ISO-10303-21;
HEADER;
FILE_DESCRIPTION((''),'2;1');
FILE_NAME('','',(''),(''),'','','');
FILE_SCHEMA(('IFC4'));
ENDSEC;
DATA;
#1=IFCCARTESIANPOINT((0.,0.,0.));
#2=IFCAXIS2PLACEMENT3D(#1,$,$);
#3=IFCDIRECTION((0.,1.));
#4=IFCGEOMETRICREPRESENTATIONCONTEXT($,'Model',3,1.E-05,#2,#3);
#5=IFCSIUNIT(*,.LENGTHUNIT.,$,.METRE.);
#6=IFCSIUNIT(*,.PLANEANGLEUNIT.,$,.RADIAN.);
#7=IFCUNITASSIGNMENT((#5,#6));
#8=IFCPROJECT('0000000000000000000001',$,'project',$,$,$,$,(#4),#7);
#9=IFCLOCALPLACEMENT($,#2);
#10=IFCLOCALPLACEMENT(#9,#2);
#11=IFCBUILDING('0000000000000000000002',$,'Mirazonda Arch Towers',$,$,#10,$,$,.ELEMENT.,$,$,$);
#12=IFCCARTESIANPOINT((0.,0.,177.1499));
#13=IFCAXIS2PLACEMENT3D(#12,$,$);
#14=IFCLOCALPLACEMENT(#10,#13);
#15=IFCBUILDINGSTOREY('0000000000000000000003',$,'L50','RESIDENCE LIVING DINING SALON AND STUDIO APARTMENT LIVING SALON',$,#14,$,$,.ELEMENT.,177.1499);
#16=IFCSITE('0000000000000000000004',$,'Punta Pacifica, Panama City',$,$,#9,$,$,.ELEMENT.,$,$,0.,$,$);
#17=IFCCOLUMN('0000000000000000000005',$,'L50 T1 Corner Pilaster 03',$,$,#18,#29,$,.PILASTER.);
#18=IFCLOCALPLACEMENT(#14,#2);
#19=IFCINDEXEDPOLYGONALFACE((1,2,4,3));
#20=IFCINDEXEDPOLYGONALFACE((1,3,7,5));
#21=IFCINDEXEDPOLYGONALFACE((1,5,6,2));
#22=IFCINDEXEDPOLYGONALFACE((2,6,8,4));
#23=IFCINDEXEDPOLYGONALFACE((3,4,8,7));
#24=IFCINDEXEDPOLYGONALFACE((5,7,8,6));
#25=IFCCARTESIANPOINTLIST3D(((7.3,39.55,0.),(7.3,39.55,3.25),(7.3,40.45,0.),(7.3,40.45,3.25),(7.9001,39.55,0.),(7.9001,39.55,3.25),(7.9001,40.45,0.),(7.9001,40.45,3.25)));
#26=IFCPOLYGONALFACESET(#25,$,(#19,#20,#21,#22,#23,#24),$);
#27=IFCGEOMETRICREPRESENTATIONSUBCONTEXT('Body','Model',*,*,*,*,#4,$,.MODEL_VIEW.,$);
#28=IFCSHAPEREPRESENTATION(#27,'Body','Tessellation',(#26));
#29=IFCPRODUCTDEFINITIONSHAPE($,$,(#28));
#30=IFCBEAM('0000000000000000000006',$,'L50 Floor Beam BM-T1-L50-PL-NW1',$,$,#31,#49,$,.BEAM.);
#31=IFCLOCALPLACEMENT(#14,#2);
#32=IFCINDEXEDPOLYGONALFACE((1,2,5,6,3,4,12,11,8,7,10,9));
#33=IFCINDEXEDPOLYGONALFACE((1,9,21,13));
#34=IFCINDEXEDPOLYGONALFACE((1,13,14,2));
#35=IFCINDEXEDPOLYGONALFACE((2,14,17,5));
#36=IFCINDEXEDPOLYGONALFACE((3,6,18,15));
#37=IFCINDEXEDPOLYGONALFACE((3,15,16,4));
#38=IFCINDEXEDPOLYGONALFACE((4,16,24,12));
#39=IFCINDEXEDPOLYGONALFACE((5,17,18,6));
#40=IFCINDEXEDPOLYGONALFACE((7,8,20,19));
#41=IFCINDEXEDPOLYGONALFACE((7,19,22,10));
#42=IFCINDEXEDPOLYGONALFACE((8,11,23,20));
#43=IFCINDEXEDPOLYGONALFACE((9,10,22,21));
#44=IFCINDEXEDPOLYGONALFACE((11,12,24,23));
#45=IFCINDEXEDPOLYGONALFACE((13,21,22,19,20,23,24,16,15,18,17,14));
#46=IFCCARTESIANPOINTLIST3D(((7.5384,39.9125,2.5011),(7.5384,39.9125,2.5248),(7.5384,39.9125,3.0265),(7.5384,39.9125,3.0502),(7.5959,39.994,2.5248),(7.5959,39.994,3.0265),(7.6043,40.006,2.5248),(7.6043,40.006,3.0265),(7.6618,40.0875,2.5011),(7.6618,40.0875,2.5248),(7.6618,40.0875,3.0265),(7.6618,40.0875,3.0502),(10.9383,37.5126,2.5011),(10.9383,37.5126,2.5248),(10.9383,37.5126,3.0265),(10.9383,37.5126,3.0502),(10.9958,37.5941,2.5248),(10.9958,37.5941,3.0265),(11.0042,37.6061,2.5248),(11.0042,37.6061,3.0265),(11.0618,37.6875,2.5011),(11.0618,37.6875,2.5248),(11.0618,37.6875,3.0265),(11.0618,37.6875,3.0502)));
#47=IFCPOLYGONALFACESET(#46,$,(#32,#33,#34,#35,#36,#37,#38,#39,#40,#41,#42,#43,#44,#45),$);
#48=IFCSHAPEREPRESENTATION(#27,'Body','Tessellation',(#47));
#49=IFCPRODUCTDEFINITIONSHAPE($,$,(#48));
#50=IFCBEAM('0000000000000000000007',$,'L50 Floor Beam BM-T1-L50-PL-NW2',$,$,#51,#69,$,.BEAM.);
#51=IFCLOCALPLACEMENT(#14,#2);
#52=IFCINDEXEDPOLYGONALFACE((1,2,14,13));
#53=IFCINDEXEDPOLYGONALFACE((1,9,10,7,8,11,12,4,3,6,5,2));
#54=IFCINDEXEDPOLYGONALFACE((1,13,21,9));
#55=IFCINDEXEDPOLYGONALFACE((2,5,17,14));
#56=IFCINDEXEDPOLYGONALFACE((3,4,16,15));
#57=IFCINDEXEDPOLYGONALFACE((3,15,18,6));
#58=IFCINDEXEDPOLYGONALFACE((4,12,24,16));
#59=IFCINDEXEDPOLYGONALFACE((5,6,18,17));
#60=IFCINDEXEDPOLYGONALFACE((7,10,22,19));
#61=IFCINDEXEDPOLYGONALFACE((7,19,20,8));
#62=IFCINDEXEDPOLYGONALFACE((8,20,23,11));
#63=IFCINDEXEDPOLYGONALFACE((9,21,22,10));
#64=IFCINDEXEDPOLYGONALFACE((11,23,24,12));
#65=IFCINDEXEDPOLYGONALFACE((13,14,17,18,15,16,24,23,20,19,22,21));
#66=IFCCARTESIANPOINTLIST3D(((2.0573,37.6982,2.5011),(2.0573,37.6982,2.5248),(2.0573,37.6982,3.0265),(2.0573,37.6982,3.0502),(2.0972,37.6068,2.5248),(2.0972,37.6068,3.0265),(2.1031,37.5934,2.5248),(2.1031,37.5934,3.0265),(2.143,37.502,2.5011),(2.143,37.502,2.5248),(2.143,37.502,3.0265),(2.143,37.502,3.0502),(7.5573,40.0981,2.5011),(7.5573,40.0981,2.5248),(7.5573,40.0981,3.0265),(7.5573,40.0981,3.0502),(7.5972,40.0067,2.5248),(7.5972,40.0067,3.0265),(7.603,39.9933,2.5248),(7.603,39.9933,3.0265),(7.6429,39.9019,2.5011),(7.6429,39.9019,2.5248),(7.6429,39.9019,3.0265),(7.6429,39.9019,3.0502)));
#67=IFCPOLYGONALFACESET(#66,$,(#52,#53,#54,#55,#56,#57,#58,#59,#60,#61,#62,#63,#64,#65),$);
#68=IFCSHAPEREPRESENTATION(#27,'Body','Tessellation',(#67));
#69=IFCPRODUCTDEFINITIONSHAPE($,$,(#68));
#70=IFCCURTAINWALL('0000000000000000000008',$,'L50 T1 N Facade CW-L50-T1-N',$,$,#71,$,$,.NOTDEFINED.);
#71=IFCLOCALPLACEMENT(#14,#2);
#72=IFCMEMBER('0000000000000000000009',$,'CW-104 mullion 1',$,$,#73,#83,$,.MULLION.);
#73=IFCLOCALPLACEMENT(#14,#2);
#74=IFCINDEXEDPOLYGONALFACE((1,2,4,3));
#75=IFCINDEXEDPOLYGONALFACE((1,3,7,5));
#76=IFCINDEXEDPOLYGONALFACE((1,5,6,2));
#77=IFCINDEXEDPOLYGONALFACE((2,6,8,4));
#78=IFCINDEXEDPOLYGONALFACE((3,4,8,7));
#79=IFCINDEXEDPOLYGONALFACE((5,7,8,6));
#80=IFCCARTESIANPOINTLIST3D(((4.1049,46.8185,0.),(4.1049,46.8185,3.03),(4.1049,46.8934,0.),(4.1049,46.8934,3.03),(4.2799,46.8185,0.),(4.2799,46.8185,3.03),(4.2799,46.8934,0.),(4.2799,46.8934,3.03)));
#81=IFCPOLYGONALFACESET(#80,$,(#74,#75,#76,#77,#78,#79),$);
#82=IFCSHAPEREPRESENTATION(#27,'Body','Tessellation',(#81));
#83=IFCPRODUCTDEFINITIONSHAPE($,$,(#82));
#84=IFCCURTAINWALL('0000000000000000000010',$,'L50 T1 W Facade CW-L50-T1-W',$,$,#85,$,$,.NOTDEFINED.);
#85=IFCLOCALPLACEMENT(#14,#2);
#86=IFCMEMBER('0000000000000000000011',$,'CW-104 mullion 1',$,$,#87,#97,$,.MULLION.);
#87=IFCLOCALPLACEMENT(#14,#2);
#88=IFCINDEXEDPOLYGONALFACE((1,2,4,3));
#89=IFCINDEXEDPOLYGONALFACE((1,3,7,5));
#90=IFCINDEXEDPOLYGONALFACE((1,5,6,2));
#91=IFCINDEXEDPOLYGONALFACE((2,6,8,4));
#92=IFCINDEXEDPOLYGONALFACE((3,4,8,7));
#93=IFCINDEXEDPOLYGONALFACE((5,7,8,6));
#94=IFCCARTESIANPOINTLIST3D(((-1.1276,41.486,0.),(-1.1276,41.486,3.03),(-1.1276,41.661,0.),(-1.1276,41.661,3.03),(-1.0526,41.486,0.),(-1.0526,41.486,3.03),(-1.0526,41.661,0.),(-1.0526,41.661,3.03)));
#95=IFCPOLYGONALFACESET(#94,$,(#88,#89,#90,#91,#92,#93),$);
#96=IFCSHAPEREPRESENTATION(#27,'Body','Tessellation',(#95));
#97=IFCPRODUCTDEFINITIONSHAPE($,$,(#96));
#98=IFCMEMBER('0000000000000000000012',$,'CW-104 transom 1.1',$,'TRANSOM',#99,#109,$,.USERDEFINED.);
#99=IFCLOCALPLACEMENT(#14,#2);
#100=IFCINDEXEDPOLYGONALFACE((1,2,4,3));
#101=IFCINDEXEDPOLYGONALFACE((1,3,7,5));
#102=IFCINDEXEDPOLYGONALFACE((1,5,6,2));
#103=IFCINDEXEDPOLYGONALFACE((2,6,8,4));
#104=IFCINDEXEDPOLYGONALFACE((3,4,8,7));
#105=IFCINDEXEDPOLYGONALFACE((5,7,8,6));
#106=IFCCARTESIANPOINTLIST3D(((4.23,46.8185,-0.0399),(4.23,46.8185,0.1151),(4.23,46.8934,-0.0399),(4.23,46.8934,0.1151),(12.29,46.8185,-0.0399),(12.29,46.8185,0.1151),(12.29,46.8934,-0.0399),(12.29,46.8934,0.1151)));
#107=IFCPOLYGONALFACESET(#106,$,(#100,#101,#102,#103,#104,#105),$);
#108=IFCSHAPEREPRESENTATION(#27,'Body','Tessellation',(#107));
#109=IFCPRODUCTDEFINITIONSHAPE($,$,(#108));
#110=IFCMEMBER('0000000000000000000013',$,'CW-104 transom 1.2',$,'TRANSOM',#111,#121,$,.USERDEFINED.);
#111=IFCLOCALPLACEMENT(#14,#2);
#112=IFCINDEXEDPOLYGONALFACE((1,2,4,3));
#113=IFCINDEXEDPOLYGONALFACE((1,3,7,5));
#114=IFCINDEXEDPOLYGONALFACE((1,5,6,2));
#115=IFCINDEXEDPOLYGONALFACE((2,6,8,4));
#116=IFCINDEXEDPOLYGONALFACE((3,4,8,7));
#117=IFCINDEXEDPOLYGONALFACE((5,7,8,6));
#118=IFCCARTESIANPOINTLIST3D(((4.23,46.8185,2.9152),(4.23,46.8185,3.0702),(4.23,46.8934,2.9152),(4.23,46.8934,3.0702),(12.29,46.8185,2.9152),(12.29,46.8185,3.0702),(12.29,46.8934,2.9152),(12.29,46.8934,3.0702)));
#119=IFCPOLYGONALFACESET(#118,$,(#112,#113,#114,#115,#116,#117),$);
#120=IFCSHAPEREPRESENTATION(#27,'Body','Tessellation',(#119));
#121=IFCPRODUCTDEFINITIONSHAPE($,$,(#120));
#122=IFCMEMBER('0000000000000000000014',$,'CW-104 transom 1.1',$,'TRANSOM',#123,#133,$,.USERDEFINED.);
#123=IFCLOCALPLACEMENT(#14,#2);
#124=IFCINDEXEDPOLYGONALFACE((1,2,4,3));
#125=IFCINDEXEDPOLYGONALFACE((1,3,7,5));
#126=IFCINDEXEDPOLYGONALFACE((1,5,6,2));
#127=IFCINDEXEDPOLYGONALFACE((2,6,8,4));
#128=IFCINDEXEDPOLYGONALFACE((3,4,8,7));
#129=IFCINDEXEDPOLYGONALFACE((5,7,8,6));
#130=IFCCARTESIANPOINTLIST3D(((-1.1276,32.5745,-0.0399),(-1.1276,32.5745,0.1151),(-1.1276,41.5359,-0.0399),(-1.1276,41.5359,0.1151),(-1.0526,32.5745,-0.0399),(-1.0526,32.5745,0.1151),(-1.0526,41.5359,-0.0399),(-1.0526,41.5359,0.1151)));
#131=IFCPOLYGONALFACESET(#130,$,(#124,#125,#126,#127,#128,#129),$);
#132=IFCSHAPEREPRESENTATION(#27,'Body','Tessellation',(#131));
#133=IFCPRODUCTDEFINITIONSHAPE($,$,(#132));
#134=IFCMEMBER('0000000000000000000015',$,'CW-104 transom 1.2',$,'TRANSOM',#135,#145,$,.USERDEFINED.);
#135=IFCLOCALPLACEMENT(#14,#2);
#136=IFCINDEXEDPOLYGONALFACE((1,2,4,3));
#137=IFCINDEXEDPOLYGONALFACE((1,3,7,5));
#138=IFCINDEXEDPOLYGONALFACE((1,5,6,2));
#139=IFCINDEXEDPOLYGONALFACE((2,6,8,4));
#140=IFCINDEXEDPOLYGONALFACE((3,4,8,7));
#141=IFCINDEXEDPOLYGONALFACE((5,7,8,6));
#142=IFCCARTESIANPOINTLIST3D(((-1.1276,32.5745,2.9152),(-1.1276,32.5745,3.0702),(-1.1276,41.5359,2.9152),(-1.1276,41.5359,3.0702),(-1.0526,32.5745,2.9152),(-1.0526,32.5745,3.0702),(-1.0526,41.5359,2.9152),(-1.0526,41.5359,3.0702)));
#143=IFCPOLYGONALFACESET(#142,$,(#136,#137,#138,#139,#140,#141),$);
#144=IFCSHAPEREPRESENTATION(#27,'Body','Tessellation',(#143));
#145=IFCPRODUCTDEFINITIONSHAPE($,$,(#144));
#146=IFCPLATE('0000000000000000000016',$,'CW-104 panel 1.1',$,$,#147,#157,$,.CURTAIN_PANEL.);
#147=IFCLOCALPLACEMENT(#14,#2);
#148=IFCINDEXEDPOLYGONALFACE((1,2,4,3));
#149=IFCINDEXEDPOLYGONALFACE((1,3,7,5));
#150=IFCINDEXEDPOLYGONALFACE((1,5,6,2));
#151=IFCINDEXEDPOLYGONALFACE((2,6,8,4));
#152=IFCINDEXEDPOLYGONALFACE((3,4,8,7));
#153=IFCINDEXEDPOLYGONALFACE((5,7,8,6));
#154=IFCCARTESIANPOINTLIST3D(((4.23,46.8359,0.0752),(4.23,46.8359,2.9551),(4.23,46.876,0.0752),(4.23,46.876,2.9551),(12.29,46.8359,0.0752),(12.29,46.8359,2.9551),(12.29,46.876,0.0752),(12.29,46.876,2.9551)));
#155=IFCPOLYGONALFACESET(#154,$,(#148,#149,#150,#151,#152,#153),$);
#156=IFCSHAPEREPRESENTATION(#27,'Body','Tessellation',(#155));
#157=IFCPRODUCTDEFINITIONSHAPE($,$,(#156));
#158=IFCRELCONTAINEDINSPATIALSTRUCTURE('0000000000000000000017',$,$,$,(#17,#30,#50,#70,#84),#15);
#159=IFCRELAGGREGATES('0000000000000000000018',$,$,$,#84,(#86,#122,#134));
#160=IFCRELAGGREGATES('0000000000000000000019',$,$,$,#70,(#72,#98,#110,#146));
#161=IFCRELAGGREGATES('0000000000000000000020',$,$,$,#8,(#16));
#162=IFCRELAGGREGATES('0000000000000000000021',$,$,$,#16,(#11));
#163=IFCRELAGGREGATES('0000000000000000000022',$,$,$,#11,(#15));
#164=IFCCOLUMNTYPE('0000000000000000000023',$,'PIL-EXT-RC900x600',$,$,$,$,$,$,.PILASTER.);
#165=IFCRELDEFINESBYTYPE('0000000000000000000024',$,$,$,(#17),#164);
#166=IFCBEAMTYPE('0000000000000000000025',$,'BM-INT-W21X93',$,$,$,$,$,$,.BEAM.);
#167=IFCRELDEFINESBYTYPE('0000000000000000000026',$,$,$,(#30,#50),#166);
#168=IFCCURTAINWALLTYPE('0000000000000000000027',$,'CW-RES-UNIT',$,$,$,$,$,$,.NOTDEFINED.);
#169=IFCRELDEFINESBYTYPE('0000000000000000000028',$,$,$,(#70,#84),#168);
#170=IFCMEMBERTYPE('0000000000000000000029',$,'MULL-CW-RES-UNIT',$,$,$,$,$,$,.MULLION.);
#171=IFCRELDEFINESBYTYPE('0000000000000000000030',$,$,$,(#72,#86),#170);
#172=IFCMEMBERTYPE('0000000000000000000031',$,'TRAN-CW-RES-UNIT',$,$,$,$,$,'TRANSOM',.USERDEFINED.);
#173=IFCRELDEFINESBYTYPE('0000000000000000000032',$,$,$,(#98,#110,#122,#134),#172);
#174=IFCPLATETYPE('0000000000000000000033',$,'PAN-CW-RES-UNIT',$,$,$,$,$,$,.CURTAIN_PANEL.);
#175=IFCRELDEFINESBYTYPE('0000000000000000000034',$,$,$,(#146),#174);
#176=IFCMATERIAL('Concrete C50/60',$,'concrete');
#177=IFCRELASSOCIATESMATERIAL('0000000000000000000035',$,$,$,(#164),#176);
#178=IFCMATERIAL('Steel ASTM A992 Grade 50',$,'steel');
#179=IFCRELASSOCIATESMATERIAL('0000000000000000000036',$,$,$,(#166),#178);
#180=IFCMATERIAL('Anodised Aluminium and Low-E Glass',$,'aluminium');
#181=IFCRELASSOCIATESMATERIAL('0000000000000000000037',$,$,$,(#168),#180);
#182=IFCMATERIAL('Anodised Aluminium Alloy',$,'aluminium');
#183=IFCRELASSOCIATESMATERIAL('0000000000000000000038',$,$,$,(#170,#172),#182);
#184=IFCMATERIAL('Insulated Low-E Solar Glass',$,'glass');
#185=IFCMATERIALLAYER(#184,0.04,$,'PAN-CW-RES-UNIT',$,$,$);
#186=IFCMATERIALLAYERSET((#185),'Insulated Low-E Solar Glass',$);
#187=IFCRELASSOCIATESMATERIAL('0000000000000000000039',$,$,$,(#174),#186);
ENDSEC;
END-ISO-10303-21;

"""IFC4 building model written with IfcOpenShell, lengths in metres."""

from ifc_helpers import new_model, si_unit, direction, frame, origin, origin_2d, place, context, subcontext, project, spatial, rectangle, i_section, extrude, material, layer, layer_set, material_profile, profile_set, type_object, element, aggregate, save


model = new_model("IFC4")

# Units and contexts
model_context = context("Model", 3, precision=1e-05, world=origin(), true_north=direction((0.0, 1.0)))
body_context = subcontext(model_context, "Body", "Model", "MODEL_VIEW")
ifc_project = project(units=[si_unit("LENGTHUNIT", "METRE"), si_unit("PLANEANGLEUNIT", "RADIAN")], contexts=[model_context])

# Site, building, storey
site_placement = place(None, origin())
site = spatial("IfcSite", under=ifc_project, at=site_placement, Name="Punta Pacifica, Panama City", CompositionType="ELEMENT", RefElevation=0.0)
building_placement = place(site_placement, origin())
building = spatial("IfcBuilding", under=site, at=building_placement, Name="Mirazonda Arch Towers", CompositionType="ELEMENT")
storey_placement = place(building_placement, frame((0.0, 0.0, 177.1499)))
storey = spatial("IfcBuildingStorey", under=building, at=storey_placement, Name="L50", Description="RESIDENCE LIVING DINING SALON AND STUDIO APARTMENT LIVING SALON", CompositionType="ELEMENT", Elevation=177.1499)

# Column
ifc_material_1 = material(Name="Concrete C50/60", Category="concrete")
ifc_material_profile_1 = material_profile(ifc_material_1, rectangle(XDim=0.6001, YDim=0.8999, at=origin_2d()), Name="RC900x600")
ifc_profile_set_1 = profile_set([ifc_material_profile_1], Name="Concrete C50/60")
column_type = type_object("IfcColumnType", Name="PIL-EXT-RC900x600", PredefinedType="PILASTER", material=ifc_profile_set_1)
column_placement = place(storey_placement, frame((7.6001, 40.0, 0.0), z_axis=(0.0, 0.0, 1.0), x_axis=(1.0, 0.0, 0.0)))
element("IfcColumn", 1, at=column_placement, inside=storey, type_object=column_type, Name="L50 T1 Corner Pilaster 03", PredefinedType="PILASTER", context=body_context, shape_type="SweptSolid", body=[
    extrude(rectangle(XDim=0.6001, YDim=0.8999, at=origin_2d()), origin(), (0.0, 0.0, 1.0), 3.25),
])

# Beams
ifc_material_2 = material(Name="Steel ASTM A992 Grade 50", Category="steel")
ifc_material_profile_2 = material_profile(ifc_material_2, i_section(OverallWidth=0.2141, OverallDepth=0.5491, WebThickness=0.0146, FlangeThickness=0.0237, at=origin_2d()), Name="W21X93")
ifc_profile_set_2 = profile_set([ifc_material_profile_2], Name="Steel ASTM A992 Grade 50")
beam_type = type_object("IfcBeamType", Name="BM-INT-W21X93", PredefinedType="BEAM", material=ifc_profile_set_2)
beam_1_placement = place(storey_placement, frame((7.6001, 40.0, 2.7756), z_axis=(0.816971, -0.576679, 0.0), x_axis=(0.576679, 0.816971, 0.0)))
element("IfcBeam", 2, at=beam_1_placement, inside=storey, type_object=beam_type, Name="L50 Floor Beam BM-T1-L50-PL-NW1", PredefinedType="BEAM", context=body_context, shape_type="SweptSolid", body=[
    extrude(i_section(OverallWidth=0.2141, OverallDepth=0.5491, WebThickness=0.0146, FlangeThickness=0.0237, at=origin_2d()), origin(), (0.0, 0.0, 1.0), 4.1616),
])
beam_2_placement = place(storey_placement, frame((7.6001, 40.0, 2.7756), z_axis=(-0.916545, -0.399931, 0.0), x_axis=(0.399931, -0.916545, 0.0)))
element("IfcBeam", 3, at=beam_2_placement, inside=storey, type_object=beam_type, Name="L50 Floor Beam BM-T1-L50-PL-NW2", PredefinedType="BEAM", context=body_context, shape_type="SweptSolid", body=[
    extrude(i_section(OverallWidth=0.2141, OverallDepth=0.5491, WebThickness=0.0146, FlangeThickness=0.0237, at=origin_2d()), origin(), (0.0, 0.0, 1.0), 6.0007),
])

# Curtain walls, members
ifc_material_3 = material(Name="Anodised Aluminium and Low-E Glass", Category="aluminium")
curtain_wall_type = type_object("IfcCurtainWallType", Name="CW-RES-UNIT", PredefinedType="NOTDEFINED", material=ifc_material_3)
curtain_wall_1_placement = place(storey_placement, origin())
curtain_wall_1 = element("IfcCurtainWall", 4, at=curtain_wall_1_placement, inside=storey, type_object=curtain_wall_type, Name="L50 T1 N Facade CW-L50-T1-N", PredefinedType="NOTDEFINED")
ifc_material_4 = material(Name="Anodised Aluminium Alloy", Category="aluminium")
ifc_material_profile_3 = material_profile(ifc_material_4, rectangle(XDim=0.075, YDim=0.175, at=origin_2d()), Name="ALU-MULL-75x175")
ifc_profile_set_3 = profile_set([ifc_material_profile_3], Name="Anodised Aluminium Alloy")
member_type_1 = type_object("IfcMemberType", Name="MULL-CW-RES-UNIT", PredefinedType="MULLION", material=ifc_profile_set_3)
member_1_placement = place(storey_placement, frame((4.1924, 46.856, 0.0), z_axis=(0.0, 0.0, 1.0), x_axis=(0.0, 1.0, 0.0)))
member_1 = element("IfcMember", 5, at=member_1_placement, type_object=member_type_1, Name="CW-104 mullion 1", PredefinedType="MULLION", context=body_context, shape_type="SweptSolid", body=[
    extrude(rectangle(XDim=0.075, YDim=0.175, at=origin_2d()), origin(), (0.0, 0.0, 1.0), 3.03),
])
curtain_wall_2_placement = place(storey_placement, origin())
curtain_wall_2 = element("IfcCurtainWall", 6, at=curtain_wall_2_placement, inside=storey, type_object=curtain_wall_type, Name="L50 T1 W Facade CW-L50-T1-W", PredefinedType="NOTDEFINED")
member_2_placement = place(storey_placement, frame((-1.0901, 41.5735, 0.0), z_axis=(0.0, 0.0, 1.0), x_axis=(1.0, 0.0, 0.0)))
member_2 = element("IfcMember", 7, at=member_2_placement, type_object=member_type_1, Name="CW-104 mullion 1", PredefinedType="MULLION", context=body_context, shape_type="SweptSolid", body=[
    extrude(rectangle(XDim=0.075, YDim=0.175, at=origin_2d()), origin(), (0.0, 0.0, 1.0), 3.03),
])

# Members
ifc_material_profile_4 = material_profile(ifc_material_4, rectangle(XDim=0.075, YDim=0.155, at=origin_2d()), Name="ALU-TRAN-75x155")
ifc_profile_set_4 = profile_set([ifc_material_profile_4], Name="Anodised Aluminium Alloy")
member_type_2 = type_object("IfcMemberType", Name="TRAN-CW-RES-UNIT", ElementType="TRANSOM", PredefinedType="USERDEFINED", material=ifc_profile_set_4)
member_3_placement = place(storey_placement, frame((4.23, 46.856, 0.0376), z_axis=(1.0, 0.0, 0.0), x_axis=(0.0, 1.0, 0.0)))
member_3 = element("IfcMember", 8, at=member_3_placement, type_object=member_type_2, Name="CW-104 transom 1.1", ObjectType="TRANSOM", PredefinedType="USERDEFINED", context=body_context, shape_type="SweptSolid", body=[
    extrude(rectangle(XDim=0.075, YDim=0.155, at=origin_2d()), origin(), (0.0, 0.0, 1.0), 8.0601),
])
member_4_placement = place(storey_placement, frame((4.23, 46.856, 2.9927), z_axis=(1.0, 0.0, 0.0), x_axis=(0.0, 1.0, 0.0)))
member_4 = element("IfcMember", 9, at=member_4_placement, type_object=member_type_2, Name="CW-104 transom 1.2", ObjectType="TRANSOM", PredefinedType="USERDEFINED", context=body_context, shape_type="SweptSolid", body=[
    extrude(rectangle(XDim=0.075, YDim=0.155, at=origin_2d()), origin(), (0.0, 0.0, 1.0), 8.0601),
])
member_5_placement = place(storey_placement, frame((-1.0901, 41.5359, 0.0376), z_axis=(0.0, -1.0, 0.0), x_axis=(1.0, 0.0, 0.0)))
member_5 = element("IfcMember", 10, at=member_5_placement, type_object=member_type_2, Name="CW-104 transom 1.1", ObjectType="TRANSOM", PredefinedType="USERDEFINED", context=body_context, shape_type="SweptSolid", body=[
    extrude(rectangle(XDim=0.075, YDim=0.155, at=origin_2d()), origin(), (0.0, 0.0, 1.0), 8.9614),
])
member_6_placement = place(storey_placement, frame((-1.0901, 41.5359, 2.9927), z_axis=(0.0, -1.0, 0.0), x_axis=(1.0, 0.0, 0.0)))
member_6 = element("IfcMember", 11, at=member_6_placement, type_object=member_type_2, Name="CW-104 transom 1.2", ObjectType="TRANSOM", PredefinedType="USERDEFINED", context=body_context, shape_type="SweptSolid", body=[
    extrude(rectangle(XDim=0.075, YDim=0.155, at=origin_2d()), origin(), (0.0, 0.0, 1.0), 8.9614),
])
aggregate(curtain_wall_2, [member_2, member_5, member_6])

# Plate
ifc_material_5 = material(Name="Insulated Low-E Solar Glass", Category="glass")
ifc_layer_1 = layer(ifc_material_5, 0.04, Name="PAN-CW-RES-UNIT")
ifc_layer_set_1 = layer_set([ifc_layer_1], Name="Insulated Low-E Solar Glass")
plate_type = type_object("IfcPlateType", Name="PAN-CW-RES-UNIT", PredefinedType="CURTAIN_PANEL", material=ifc_layer_set_1)
plate_placement = place(storey_placement, frame((8.26, 46.856, 0.0752), z_axis=(0.0, 0.0, 1.0), x_axis=(1.0, 0.0, 0.0)))
plate = element("IfcPlate", 12, at=plate_placement, type_object=plate_type, Name="CW-104 panel 1.1", PredefinedType="CURTAIN_PANEL", context=body_context, shape_type="SweptSolid", body=[
    extrude(rectangle(XDim=8.0601, YDim=0.04, at=origin_2d()), origin(), (0.0, 0.0, 1.0), 2.8799),
])
aggregate(curtain_wall_1, [member_1, member_3, member_4, plate])

save(model, "model.ifc")
